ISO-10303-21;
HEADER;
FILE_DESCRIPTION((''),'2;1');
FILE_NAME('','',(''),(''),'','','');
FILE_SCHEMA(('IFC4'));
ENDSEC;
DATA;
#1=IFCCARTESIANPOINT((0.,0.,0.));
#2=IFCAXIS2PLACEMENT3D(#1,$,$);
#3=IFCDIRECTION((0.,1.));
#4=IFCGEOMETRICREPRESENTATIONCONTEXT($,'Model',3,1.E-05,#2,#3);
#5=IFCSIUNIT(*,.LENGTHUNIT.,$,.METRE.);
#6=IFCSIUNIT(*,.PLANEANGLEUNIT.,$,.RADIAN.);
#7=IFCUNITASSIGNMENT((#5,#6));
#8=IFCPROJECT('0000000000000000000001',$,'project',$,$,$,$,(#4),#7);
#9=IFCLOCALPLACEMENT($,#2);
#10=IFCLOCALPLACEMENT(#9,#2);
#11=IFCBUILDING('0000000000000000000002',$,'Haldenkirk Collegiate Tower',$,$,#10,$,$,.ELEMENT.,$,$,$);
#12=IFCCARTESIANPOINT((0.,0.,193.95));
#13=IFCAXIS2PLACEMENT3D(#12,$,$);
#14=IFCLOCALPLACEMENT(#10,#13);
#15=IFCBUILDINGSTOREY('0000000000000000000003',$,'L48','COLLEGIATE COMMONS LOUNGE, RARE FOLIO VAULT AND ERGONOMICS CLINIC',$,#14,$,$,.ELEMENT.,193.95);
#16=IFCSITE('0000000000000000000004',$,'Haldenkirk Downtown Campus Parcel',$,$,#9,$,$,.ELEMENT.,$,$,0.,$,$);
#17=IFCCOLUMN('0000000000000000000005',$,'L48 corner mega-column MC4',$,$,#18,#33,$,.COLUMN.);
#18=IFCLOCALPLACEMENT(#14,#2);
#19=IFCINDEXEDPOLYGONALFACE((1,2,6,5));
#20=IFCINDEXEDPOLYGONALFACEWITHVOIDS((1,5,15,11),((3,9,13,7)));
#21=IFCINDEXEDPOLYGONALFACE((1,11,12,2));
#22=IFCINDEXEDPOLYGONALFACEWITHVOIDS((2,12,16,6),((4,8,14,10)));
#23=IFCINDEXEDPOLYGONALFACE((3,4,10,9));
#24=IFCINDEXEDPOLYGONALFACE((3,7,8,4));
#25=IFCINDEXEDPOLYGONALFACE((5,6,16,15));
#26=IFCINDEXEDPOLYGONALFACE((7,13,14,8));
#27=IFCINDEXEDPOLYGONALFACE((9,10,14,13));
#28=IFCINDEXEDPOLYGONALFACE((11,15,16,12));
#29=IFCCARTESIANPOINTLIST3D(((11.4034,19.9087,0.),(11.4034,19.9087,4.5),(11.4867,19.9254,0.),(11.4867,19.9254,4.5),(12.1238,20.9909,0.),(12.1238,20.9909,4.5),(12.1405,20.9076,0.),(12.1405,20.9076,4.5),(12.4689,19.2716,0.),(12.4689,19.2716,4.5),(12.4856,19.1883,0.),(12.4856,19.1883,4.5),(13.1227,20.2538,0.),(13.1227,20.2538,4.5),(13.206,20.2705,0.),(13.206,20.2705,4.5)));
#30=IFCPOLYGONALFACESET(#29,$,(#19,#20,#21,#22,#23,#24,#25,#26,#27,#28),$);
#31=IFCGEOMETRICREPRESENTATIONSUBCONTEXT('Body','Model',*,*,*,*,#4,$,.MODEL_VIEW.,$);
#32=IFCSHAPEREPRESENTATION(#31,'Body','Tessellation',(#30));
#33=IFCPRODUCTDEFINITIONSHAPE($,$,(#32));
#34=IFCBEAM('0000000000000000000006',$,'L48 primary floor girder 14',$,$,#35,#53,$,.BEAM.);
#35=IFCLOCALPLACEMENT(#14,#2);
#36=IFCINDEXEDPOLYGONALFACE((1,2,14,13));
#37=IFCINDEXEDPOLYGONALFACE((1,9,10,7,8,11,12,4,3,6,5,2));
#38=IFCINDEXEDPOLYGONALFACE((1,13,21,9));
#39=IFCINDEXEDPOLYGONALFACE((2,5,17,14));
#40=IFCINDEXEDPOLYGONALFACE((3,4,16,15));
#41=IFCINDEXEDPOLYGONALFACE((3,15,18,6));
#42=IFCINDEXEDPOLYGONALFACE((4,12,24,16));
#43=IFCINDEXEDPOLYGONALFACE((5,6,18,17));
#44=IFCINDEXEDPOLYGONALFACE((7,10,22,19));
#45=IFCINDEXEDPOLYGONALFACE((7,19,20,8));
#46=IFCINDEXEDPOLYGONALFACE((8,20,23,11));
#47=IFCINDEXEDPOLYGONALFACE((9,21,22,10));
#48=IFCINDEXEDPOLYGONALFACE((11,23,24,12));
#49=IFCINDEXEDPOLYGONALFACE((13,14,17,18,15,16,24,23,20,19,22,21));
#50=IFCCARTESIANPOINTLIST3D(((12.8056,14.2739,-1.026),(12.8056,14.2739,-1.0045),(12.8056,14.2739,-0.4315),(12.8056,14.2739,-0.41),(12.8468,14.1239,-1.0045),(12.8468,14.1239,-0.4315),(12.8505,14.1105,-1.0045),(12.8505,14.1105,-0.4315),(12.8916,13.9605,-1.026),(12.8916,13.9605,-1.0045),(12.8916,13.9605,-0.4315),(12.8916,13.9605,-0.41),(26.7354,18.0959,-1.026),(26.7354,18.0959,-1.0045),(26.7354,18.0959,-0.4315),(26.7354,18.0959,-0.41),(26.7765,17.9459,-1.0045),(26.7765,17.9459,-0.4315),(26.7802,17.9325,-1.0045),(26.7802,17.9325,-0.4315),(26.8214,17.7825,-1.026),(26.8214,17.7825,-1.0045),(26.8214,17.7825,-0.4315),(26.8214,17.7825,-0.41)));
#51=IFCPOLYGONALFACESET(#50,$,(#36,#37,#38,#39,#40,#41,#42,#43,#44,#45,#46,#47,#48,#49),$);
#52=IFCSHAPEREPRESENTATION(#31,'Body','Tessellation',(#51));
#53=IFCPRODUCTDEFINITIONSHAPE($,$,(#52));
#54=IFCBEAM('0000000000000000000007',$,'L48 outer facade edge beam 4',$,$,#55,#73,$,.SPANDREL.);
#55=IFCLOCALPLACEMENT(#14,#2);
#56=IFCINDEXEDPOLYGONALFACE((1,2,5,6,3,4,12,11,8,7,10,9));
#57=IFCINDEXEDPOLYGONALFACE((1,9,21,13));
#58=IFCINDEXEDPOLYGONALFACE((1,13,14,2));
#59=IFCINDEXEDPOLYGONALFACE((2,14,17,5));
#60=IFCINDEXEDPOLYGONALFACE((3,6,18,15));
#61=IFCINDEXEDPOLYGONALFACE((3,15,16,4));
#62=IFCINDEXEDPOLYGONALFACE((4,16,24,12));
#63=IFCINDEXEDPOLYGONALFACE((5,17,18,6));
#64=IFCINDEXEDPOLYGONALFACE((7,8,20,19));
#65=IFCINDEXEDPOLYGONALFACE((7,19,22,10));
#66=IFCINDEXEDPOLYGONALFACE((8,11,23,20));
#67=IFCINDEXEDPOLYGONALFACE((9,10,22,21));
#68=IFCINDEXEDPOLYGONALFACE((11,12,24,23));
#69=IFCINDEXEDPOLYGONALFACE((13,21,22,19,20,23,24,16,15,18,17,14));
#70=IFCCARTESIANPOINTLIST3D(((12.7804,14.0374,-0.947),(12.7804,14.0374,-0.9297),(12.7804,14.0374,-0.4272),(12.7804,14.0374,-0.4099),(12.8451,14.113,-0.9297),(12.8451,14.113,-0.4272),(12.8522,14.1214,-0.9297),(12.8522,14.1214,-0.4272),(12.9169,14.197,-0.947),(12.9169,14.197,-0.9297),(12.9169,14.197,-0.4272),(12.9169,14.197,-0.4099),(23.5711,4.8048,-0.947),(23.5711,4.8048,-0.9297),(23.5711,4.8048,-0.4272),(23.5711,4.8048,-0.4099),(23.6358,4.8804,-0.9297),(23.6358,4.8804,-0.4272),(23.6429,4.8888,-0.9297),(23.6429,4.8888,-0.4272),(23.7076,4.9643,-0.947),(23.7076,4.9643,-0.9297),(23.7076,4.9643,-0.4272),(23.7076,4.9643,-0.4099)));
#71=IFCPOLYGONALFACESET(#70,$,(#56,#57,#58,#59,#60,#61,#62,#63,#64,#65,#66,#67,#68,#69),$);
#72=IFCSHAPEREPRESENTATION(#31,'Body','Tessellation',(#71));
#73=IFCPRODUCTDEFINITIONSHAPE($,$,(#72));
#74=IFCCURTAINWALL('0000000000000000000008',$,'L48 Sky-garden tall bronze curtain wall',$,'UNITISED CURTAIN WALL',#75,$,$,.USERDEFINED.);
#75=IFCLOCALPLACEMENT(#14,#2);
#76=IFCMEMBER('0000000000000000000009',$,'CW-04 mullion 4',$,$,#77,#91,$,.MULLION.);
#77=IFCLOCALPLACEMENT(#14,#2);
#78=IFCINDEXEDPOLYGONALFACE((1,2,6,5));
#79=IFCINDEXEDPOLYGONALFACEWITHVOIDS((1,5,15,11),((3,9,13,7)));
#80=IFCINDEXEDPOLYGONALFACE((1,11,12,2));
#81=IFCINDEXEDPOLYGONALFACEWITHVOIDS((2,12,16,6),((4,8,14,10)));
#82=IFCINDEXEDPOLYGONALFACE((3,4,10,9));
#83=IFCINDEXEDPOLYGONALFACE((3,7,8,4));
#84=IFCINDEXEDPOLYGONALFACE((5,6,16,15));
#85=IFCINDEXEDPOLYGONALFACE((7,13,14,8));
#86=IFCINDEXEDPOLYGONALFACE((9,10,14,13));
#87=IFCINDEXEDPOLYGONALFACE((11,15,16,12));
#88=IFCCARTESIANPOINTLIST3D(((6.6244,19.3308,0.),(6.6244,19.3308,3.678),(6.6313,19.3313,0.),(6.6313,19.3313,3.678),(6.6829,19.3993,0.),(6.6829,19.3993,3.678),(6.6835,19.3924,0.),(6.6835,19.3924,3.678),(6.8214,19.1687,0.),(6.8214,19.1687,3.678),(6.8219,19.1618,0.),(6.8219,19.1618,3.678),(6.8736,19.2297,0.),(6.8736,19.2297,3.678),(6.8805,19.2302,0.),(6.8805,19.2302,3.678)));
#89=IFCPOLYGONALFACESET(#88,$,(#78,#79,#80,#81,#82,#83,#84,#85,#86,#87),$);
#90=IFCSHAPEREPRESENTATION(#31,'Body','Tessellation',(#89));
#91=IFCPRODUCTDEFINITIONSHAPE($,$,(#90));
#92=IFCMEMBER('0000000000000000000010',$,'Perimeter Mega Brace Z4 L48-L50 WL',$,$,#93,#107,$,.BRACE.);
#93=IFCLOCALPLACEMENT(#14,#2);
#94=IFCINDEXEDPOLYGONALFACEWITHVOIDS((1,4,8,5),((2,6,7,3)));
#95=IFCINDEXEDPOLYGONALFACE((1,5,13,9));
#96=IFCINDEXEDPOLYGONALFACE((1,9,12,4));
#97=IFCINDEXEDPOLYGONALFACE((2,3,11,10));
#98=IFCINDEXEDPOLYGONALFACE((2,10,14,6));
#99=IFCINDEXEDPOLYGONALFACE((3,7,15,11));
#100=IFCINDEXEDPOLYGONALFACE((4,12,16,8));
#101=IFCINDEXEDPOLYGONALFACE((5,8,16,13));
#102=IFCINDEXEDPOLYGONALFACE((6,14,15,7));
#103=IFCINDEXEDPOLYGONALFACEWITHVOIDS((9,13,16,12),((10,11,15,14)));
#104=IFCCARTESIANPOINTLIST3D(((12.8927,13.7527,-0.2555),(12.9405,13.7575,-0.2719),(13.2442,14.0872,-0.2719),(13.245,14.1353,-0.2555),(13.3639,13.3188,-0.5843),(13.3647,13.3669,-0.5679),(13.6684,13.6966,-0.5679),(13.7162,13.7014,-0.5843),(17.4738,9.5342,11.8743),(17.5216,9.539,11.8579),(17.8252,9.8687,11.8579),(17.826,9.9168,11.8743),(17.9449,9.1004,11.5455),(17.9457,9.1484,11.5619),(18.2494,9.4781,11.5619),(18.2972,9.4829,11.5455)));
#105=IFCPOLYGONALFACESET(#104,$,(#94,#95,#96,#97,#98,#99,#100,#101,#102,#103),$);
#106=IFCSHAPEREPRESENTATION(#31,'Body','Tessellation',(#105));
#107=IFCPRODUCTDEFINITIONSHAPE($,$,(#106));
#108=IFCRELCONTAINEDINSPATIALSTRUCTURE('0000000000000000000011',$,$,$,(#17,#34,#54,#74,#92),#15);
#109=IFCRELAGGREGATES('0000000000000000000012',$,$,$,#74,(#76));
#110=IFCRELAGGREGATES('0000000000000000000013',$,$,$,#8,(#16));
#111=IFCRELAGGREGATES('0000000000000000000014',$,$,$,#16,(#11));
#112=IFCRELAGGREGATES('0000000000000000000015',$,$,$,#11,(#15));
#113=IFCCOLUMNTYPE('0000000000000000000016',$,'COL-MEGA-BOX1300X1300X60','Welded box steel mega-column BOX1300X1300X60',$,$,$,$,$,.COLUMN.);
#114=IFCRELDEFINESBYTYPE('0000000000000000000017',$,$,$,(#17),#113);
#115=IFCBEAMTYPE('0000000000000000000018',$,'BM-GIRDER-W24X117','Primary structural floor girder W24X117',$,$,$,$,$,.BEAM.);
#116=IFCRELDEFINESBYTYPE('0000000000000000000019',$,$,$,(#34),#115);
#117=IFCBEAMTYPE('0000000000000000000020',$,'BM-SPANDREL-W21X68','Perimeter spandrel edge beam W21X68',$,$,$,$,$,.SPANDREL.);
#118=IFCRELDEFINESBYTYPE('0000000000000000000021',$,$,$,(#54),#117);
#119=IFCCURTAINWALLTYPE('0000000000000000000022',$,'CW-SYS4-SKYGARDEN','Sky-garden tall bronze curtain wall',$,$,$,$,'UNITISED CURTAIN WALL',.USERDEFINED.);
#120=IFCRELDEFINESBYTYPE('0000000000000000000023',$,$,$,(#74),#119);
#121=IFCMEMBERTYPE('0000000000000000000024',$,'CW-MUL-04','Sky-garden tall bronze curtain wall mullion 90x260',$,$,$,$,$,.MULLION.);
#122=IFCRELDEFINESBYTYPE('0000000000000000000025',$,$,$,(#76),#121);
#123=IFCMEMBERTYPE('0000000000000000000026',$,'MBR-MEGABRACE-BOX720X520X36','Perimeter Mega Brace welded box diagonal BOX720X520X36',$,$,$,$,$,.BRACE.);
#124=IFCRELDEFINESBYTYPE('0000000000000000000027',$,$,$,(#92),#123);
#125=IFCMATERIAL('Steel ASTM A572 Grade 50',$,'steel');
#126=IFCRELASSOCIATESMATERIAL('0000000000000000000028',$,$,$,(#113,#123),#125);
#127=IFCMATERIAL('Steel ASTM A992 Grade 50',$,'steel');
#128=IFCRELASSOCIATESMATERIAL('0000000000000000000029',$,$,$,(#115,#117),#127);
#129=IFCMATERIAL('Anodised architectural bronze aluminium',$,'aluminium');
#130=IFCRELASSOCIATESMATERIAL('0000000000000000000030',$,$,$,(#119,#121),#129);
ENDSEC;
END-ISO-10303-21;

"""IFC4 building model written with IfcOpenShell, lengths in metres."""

from ifc_helpers import new_model, si_unit, direction, frame, origin, origin_2d, place, context, subcontext, project, spatial, hollow_rectangle, i_section, extrude, material, material_profile, profile_set, type_object, element, aggregate, save


model = new_model("IFC4")

# Units and contexts
model_context = context("Model", 3, precision=1e-05, world=origin(), true_north=direction((0.0, 1.0)))
body_context = subcontext(model_context, "Body", "Model", "MODEL_VIEW")
ifc_project = project(units=[si_unit("LENGTHUNIT", "METRE"), si_unit("PLANEANGLEUNIT", "RADIAN")], contexts=[model_context])

# Site, building, storey
site_placement = place(None, origin())
site = spatial("IfcSite", under=ifc_project, at=site_placement, Name="Haldenkirk Downtown Campus Parcel", CompositionType="ELEMENT", RefElevation=0.0)
building_placement = place(site_placement, origin())
building = spatial("IfcBuilding", under=site, at=building_placement, Name="Haldenkirk Collegiate Tower", CompositionType="ELEMENT")
storey_placement = place(building_placement, frame((0.0, 0.0, 193.95)))
storey = spatial("IfcBuildingStorey", under=building, at=storey_placement, Name="L48", Description="COLLEGIATE COMMONS LOUNGE, RARE FOLIO VAULT AND ERGONOMICS CLINIC", CompositionType="ELEMENT", Elevation=193.95)

# Column
ifc_material_1 = material(Name="Steel ASTM A572 Grade 50", Category="steel")
ifc_material_profile_1 = material_profile(ifc_material_1, hollow_rectangle(XDim=1.3, YDim=1.3, WallThickness=0.0601, at=origin_2d()), Name="BOX1300X1300X60")
ifc_profile_set_1 = profile_set([ifc_material_profile_1], Name="Steel ASTM A572 Grade 50")
column_type = type_object("IfcColumnType", Name="COL-MEGA-BOX1300X1300X60", Description="Welded box steel mega-column BOX1300X1300X60", PredefinedType="COLUMN", material=ifc_profile_set_1)
column_placement = place(storey_placement, frame((12.3047, 20.0896, 0.0), z_axis=(0.0, 0.0, 1.0), x_axis=(0.554118, 0.832438, 0.0)))
element("IfcColumn", 1, at=column_placement, inside=storey, type_object=column_type, Name="L48 corner mega-column MC4", PredefinedType="COLUMN", context=body_context, shape_type="SweptSolid", body=[
    extrude(hollow_rectangle(XDim=1.3, YDim=1.3, WallThickness=0.0601, at=origin_2d()), origin(), (0.0, 0.0, 1.0), 4.5),
])

# Beams
ifc_material_2 = material(Name="Steel ASTM A992 Grade 50", Category="steel")
ifc_material_profile_2 = material_profile(ifc_material_2, i_section(OverallWidth=0.325, OverallDepth=0.616, WebThickness=0.0139, FlangeThickness=0.0215, at=origin_2d()), Name="W24X117")
ifc_profile_set_2 = profile_set([ifc_material_profile_2], Name="Steel ASTM A992 Grade 50")
beam_type_1 = type_object("IfcBeamType", Name="BM-GIRDER-W24X117", Description="Primary structural floor girder W24X117", PredefinedType="BEAM", material=ifc_profile_set_2)
beam_1_placement = place(storey_placement, frame((12.8486, 14.1172, -0.718), z_axis=(0.964358, 0.2646, 0.0), x_axis=(-0.2646, 0.964358, 0.0)))
element("IfcBeam", 2, at=beam_1_placement, inside=storey, type_object=beam_type_1, Name="L48 primary floor girder 14", PredefinedType="BEAM", context=body_context, shape_type="SweptSolid", body=[
    extrude(i_section(OverallWidth=0.325, OverallDepth=0.616, WebThickness=0.0139, FlangeThickness=0.0215, at=origin_2d()), origin(), (0.0, 0.0, 1.0), 14.4446),
])
ifc_material_profile_3 = material_profile(ifc_material_2, i_section(OverallWidth=0.21, OverallDepth=0.5371, WebThickness=0.011, FlangeThickness=0.0173, at=origin_2d()), Name="W21X68")
ifc_profile_set_3 = profile_set([ifc_material_profile_3], Name="Steel ASTM A992 Grade 50")
beam_type_2 = type_object("IfcBeamType", Name="BM-SPANDREL-W21X68", Description="Perimeter spandrel edge beam W21X68", PredefinedType="SPANDREL", material=ifc_profile_set_3)
beam_2_placement = place(storey_placement, frame((12.8486, 14.1172, -0.6785), z_axis=(0.759833, -0.650119, 0.0), x_axis=(0.650119, 0.759833, 0.0)))
element("IfcBeam", 3, at=beam_2_placement, inside=storey, type_object=beam_type_2, Name="L48 outer facade edge beam 4", PredefinedType="SPANDREL", context=body_context, shape_type="SweptSolid", body=[
    extrude(i_section(OverallWidth=0.21, OverallDepth=0.5371, WebThickness=0.011, FlangeThickness=0.0173, at=origin_2d()), origin(), (0.0, 0.0, 1.0), 14.2014),
])

# Curtain wall, member
ifc_material_3 = material(Name="Anodised architectural bronze aluminium", Category="aluminium")
curtain_wall_type = type_object("IfcCurtainWallType", Name="CW-SYS4-SKYGARDEN", Description="Sky-garden tall bronze curtain wall", ElementType="UNITISED CURTAIN WALL", PredefinedType="USERDEFINED", material=ifc_material_3)
curtain_wall_placement = place(storey_placement, origin())
curtain_wall = element("IfcCurtainWall", 4, at=curtain_wall_placement, inside=storey, type_object=curtain_wall_type, Name="L48 Sky-garden tall bronze curtain wall", ObjectType="UNITISED CURTAIN WALL", PredefinedType="USERDEFINED")
ifc_material_profile_4 = material_profile(ifc_material_3, hollow_rectangle(XDim=0.0901, YDim=0.26, WallThickness=0.0049, at=origin_2d()), Name="CW-MUL-04")
ifc_profile_set_4 = profile_set([ifc_material_profile_4], Name="Anodised architectural bronze aluminium")
member_type_1 = type_object("IfcMemberType", Name="CW-MUL-04", Description="Sky-garden tall bronze curtain wall mullion 90x260", PredefinedType="MULLION", material=ifc_profile_set_4)
member_1_placement = place(storey_placement, frame((6.7524, 19.2805, 0.0), z_axis=(0.0, 0.0, 1.0), x_axis=(-0.650113, -0.759837, 0.0)))
member_1 = element("IfcMember", 5, at=member_1_placement, type_object=member_type_1, Name="CW-04 mullion 4", PredefinedType="MULLION", context=body_context, shape_type="SweptSolid", body=[
    extrude(hollow_rectangle(XDim=0.0901, YDim=0.26, WallThickness=0.0049, at=origin_2d()), origin(), (0.0, 0.0, 1.0), 3.678),
])

# Member
ifc_material_profile_5 = material_profile(ifc_material_1, hollow_rectangle(XDim=0.52, YDim=0.72, WallThickness=0.0359, at=origin_2d()), Name="BOX720X520X36")
ifc_profile_set_5 = profile_set([ifc_material_profile_5], Name="Steel ASTM A572 Grade 50")
member_type_2 = type_object("IfcMemberType", Name="MBR-MEGABRACE-BOX720X520X36", Description="Perimeter Mega Brace welded box diagonal BOX720X520X36", PredefinedType="BRACE", material=ifc_profile_set_5)
member_2_placement = place(storey_placement, frame((13.3044, 13.7271, -0.4199), z_axis=(0.335975, -0.309386, 0.889607), x_axis=(0.677399, 0.735616, 0.0)))
element("IfcMember", 6, at=member_2_placement, inside=storey, type_object=member_type_2, Name="Perimeter Mega Brace Z4 L48-L50 WL", PredefinedType="BRACE", context=body_context, shape_type="SweptSolid", body=[
    extrude(hollow_rectangle(XDim=0.52, YDim=0.72, WallThickness=0.0359, at=origin_2d()), origin(), (0.0, 0.0, 1.0), 13.635),
])

aggregate(curtain_wall, [member_1])

save(model, "model.ifc")
